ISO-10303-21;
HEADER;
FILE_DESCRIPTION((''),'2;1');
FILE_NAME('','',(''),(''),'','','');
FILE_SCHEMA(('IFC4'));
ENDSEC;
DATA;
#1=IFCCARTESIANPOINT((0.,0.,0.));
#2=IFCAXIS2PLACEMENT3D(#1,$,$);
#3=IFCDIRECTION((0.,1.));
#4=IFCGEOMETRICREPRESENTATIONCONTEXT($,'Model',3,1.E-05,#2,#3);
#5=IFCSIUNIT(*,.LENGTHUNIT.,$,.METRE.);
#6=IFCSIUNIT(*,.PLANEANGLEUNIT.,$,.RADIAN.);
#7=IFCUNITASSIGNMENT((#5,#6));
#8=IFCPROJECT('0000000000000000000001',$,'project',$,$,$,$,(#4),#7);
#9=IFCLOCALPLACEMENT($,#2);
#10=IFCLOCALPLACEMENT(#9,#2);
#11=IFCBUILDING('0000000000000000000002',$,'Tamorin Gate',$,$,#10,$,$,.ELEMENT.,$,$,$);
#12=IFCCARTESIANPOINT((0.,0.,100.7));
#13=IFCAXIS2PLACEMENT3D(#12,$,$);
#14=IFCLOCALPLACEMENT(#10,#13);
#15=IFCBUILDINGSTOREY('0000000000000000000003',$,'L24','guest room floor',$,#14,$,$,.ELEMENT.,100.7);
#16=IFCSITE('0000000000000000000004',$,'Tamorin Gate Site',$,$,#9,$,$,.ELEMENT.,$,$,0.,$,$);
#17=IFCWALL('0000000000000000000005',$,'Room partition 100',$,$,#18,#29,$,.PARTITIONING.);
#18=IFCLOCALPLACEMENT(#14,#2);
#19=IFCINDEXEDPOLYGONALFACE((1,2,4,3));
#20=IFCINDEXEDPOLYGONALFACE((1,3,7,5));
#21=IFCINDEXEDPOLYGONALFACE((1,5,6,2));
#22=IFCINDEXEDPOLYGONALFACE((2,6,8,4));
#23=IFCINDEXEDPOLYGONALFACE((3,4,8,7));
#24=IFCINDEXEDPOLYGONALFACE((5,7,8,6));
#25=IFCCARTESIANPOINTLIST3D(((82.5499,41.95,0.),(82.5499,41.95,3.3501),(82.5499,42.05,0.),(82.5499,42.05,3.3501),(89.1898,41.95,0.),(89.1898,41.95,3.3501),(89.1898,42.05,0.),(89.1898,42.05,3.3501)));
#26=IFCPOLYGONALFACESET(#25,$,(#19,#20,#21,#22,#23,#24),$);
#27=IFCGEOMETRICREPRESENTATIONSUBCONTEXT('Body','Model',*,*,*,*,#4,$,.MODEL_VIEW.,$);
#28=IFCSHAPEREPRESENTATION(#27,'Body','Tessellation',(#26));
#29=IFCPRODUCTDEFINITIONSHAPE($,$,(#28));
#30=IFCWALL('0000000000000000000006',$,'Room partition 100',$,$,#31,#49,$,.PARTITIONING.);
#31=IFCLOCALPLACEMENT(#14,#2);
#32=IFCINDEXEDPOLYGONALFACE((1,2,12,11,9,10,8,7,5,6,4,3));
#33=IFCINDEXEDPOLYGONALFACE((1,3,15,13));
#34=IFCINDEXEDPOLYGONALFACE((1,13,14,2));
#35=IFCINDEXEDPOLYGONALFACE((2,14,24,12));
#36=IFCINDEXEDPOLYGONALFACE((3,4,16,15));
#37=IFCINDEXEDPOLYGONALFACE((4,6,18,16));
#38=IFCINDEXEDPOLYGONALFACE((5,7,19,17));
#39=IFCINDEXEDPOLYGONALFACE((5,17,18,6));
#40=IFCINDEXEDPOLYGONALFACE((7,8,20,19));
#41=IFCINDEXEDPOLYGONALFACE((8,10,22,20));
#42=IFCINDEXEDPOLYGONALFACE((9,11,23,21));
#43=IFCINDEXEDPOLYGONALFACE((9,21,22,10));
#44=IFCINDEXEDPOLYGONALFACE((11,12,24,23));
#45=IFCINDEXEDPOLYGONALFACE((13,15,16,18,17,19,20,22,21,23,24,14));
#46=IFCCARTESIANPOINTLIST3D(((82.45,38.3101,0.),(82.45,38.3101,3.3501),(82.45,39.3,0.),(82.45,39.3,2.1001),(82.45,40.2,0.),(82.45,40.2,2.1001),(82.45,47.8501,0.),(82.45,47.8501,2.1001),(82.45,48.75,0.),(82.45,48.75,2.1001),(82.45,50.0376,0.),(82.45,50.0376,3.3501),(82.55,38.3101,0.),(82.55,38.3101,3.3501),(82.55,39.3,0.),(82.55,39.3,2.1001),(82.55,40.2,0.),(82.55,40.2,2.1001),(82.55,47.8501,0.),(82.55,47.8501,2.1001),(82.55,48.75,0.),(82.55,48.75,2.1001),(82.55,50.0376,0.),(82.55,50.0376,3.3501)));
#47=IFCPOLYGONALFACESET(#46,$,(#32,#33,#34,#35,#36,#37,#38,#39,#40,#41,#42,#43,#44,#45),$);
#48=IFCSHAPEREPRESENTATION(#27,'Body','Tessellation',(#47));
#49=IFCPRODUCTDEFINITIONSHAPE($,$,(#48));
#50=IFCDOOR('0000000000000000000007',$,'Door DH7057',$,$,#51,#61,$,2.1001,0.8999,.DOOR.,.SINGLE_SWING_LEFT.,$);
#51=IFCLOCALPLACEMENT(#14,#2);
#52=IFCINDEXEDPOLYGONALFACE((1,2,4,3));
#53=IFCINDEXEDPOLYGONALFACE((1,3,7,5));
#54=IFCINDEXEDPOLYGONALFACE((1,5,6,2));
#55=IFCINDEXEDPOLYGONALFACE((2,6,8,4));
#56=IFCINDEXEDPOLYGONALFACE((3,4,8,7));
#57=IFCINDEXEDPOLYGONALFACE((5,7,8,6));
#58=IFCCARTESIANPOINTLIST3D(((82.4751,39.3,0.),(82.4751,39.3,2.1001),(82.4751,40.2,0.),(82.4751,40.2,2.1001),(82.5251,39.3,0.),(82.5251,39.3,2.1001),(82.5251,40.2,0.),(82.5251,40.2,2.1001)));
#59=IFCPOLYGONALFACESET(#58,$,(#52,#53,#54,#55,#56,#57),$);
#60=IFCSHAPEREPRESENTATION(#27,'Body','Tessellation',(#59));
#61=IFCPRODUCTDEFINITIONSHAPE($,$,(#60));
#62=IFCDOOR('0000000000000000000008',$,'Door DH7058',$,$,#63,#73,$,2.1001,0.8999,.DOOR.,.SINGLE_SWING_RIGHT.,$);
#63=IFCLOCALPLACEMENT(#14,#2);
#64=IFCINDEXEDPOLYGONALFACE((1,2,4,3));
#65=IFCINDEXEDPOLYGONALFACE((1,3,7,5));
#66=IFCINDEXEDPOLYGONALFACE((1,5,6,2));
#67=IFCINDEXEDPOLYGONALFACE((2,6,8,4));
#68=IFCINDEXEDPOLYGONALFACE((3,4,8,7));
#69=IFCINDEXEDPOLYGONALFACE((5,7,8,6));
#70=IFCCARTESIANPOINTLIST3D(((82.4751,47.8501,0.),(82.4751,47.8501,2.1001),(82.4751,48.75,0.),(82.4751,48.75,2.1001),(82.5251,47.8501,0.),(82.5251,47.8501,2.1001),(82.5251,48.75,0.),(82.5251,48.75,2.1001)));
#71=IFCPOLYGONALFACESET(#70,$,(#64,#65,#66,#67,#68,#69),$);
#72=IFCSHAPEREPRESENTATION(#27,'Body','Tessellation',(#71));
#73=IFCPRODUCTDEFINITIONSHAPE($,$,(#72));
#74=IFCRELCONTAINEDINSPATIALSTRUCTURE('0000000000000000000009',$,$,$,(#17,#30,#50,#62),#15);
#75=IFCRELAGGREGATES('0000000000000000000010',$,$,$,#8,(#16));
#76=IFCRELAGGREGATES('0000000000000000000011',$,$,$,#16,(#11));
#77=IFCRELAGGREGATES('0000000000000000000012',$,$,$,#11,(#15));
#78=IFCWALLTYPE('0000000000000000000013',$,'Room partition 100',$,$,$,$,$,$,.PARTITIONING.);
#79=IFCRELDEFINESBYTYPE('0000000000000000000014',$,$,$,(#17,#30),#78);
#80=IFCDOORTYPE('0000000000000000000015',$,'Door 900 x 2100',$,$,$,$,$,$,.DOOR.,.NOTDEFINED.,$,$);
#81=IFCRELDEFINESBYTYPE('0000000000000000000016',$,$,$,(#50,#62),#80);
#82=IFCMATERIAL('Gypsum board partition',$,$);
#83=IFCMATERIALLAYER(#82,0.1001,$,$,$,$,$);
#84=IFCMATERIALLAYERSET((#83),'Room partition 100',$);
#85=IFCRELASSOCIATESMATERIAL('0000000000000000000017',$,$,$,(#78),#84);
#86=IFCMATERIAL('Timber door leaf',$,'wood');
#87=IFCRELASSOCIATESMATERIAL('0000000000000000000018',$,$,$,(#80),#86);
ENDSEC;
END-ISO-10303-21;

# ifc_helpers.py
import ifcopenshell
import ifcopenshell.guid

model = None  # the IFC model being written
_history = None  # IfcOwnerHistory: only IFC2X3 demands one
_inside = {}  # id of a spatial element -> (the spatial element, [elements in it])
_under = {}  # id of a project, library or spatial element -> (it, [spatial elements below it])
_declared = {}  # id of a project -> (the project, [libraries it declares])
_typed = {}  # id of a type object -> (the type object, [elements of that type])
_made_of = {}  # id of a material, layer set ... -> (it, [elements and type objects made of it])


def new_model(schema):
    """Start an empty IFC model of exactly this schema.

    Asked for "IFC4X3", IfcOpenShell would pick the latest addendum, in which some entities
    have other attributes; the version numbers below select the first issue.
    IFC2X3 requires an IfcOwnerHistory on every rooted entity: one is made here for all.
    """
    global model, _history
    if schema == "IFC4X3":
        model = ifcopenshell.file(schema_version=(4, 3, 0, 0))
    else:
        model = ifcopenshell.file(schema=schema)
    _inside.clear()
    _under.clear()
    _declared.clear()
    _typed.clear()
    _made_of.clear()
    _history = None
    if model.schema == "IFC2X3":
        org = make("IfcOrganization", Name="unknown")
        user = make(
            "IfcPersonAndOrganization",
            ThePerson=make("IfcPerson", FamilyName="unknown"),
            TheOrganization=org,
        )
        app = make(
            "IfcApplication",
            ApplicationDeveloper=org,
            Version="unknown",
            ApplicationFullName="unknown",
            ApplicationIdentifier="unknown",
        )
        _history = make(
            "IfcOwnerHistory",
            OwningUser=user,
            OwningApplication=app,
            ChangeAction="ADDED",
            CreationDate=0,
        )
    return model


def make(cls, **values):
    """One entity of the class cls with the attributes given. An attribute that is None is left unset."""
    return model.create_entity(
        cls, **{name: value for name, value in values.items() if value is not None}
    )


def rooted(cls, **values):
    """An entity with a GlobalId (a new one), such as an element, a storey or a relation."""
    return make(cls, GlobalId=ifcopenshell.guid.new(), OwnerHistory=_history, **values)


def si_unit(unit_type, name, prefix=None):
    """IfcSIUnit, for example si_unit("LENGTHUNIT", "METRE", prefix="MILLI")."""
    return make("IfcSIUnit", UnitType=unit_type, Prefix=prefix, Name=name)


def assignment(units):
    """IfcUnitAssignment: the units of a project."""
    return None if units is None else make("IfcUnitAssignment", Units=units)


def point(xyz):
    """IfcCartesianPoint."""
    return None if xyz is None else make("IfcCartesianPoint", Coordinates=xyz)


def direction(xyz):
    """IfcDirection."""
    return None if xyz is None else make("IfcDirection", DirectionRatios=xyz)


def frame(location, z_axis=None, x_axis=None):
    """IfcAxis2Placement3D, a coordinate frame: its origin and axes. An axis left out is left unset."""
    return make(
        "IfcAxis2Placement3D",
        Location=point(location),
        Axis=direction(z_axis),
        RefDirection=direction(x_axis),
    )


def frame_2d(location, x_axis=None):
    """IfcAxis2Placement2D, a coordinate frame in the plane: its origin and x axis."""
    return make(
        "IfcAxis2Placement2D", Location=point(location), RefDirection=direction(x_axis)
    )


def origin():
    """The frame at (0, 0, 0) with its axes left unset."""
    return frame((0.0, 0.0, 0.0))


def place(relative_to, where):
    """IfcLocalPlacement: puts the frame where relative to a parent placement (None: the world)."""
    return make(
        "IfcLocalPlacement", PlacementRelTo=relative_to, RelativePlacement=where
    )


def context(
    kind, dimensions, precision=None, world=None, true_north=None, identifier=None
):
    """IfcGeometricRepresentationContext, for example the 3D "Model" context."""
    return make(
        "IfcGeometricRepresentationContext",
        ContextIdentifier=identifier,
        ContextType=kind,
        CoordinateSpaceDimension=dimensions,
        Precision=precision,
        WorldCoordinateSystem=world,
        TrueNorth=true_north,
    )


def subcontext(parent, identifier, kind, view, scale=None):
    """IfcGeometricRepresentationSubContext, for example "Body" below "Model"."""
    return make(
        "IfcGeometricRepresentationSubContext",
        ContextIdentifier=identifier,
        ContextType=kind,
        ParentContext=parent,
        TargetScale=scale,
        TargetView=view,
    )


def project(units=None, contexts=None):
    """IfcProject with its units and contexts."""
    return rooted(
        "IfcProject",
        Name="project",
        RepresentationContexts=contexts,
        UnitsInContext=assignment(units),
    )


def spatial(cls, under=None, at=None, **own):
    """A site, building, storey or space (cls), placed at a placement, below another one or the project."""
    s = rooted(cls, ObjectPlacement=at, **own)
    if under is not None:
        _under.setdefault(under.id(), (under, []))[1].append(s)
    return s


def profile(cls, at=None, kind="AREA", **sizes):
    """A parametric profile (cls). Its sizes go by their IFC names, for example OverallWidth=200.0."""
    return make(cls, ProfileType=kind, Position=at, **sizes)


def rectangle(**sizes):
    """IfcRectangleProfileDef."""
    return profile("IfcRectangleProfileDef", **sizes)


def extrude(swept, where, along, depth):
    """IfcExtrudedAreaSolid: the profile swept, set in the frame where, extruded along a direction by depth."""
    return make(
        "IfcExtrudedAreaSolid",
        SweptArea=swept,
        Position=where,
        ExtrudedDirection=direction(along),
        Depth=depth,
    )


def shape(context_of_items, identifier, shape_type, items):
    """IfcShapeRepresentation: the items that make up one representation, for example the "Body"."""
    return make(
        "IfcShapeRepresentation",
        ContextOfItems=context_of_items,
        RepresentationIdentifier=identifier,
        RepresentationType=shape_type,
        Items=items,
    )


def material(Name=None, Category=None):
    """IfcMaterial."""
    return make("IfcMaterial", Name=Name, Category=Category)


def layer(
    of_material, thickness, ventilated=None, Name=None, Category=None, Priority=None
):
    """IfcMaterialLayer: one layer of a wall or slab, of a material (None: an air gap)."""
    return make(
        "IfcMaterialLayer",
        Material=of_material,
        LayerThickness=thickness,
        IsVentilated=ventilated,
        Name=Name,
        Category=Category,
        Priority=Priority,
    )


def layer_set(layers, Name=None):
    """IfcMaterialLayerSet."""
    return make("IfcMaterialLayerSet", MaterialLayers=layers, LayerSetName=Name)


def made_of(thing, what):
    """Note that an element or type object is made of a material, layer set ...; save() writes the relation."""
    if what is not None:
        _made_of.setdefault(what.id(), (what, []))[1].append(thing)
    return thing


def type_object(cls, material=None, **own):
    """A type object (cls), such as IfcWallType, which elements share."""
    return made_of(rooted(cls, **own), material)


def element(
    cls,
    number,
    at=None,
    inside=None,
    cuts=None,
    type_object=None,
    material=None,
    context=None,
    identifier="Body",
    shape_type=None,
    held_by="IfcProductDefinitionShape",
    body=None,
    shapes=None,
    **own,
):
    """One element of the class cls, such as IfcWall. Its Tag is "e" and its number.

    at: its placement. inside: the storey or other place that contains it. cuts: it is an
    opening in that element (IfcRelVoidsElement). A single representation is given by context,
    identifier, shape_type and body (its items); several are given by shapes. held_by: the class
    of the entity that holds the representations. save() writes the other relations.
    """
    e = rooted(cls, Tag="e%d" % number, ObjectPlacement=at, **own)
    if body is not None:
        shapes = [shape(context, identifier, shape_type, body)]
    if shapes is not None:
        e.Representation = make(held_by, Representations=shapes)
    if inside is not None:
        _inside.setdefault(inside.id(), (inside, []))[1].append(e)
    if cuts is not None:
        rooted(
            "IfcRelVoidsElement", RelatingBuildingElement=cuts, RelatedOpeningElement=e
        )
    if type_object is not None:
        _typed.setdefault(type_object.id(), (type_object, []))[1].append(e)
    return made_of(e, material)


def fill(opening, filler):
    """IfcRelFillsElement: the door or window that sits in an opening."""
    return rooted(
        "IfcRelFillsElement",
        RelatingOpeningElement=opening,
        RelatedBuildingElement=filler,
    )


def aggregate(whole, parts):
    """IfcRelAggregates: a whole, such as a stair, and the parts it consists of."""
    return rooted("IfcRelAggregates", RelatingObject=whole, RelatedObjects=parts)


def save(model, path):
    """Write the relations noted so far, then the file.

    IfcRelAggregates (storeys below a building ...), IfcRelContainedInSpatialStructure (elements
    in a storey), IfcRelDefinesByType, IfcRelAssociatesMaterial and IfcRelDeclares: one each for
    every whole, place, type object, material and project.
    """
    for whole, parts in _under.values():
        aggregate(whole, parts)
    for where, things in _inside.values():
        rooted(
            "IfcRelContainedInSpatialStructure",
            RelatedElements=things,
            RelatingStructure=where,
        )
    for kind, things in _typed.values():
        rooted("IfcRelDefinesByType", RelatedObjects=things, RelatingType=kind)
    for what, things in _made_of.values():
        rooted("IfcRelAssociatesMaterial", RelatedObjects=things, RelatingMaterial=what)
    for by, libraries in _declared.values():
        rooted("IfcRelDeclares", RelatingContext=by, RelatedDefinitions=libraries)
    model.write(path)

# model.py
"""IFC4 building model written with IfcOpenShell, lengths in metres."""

from ifc_helpers import new_model, si_unit, direction, frame, frame_2d, origin, place, context, subcontext, project, spatial, rectangle, extrude, material, layer, layer_set, type_object, element, fill, save


model = new_model("IFC4")

# Units and contexts
model_context = context("Model", 3, precision=1e-05, world=origin(), true_north=direction((0.0, 1.0)))
body_context = subcontext(model_context, "Body", "Model", "MODEL_VIEW")
ifc_project = project(units=[si_unit("LENGTHUNIT", "METRE"), si_unit("PLANEANGLEUNIT", "RADIAN")], contexts=[model_context])

# Site, building, storey
site_placement = place(None, origin())
site = spatial("IfcSite", under=ifc_project, at=site_placement, Name="Tamorin Gate Site", CompositionType="ELEMENT", RefElevation=0.0)
building_placement = place(site_placement, origin())
building = spatial("IfcBuilding", under=site, at=building_placement, Name="Tamorin Gate", CompositionType="ELEMENT")
storey_placement = place(building_placement, frame((0.0, 0.0, 100.7)))
storey = spatial("IfcBuildingStorey", under=building, at=storey_placement, Name="L24", Description="guest room floor", CompositionType="ELEMENT", Elevation=100.7)

# Wall
ifc_material_1 = material(Name="Gypsum board partition")
ifc_layer_1 = layer(ifc_material_1, 0.1001)
ifc_layer_set_1 = layer_set([ifc_layer_1], Name="Room partition 100")
wall_type_1 = type_object("IfcWallType", Name="Room partition 100", PredefinedType="PARTITIONING", material=ifc_layer_set_1)
wall_1_placement = place(storey_placement, frame((82.55, 42.0, 0.0), z_axis=(0.0, 0.0, 1.0), x_axis=(1.0, 0.0, 0.0)))
element("IfcWall", 1, at=wall_1_placement, inside=storey, type_object=wall_type_1, Name="Room partition 100", PredefinedType="PARTITIONING", context=body_context, shape_type="SweptSolid", body=[
    extrude(rectangle(XDim=6.6399, YDim=0.1001, at=frame_2d((3.3198, 0.0))), origin(), (0.0, 0.0, 1.0), 3.3501),
])

# Wall, openings, doors
wall_2_placement = place(storey_placement, frame((82.5, 38.3101, 0.0), z_axis=(0.0, 0.0, 1.0), x_axis=(0.0, 1.0, 0.0)))
wall_2 = element("IfcWall", 2, at=wall_2_placement, inside=storey, type_object=wall_type_1, Name="Room partition 100", PredefinedType="PARTITIONING", context=body_context, shape_type="SweptSolid", body=[
    extrude(rectangle(XDim=11.7275, YDim=0.1001, at=frame_2d((5.8638, 0.0))), origin(), (0.0, 0.0, 1.0), 3.3501),
])
opening_1_placement = place(wall_2_placement, frame((0.99, 0.0, 0.0)))
opening_1 = element("IfcOpeningElement", 3, at=opening_1_placement, cuts=wall_2, PredefinedType="OPENING", context=body_context, shape_type="SweptSolid", body=[
    extrude(rectangle(XDim=0.8999, YDim=2.1001, at=frame_2d((0.45, 1.05))), frame((0.0, 0.0601, 0.0), z_axis=(0.0, -1.0, 0.0), x_axis=(1.0, 0.0, 0.0)), (0.0, 0.0, 1.0), 0.1201),
])
opening_2_placement = place(wall_2_placement, frame((9.54, 0.0, 0.0)))
opening_2 = element("IfcOpeningElement", 4, at=opening_2_placement, cuts=wall_2, PredefinedType="OPENING", context=body_context, shape_type="SweptSolid", body=[
    extrude(rectangle(XDim=0.8999, YDim=2.1001, at=frame_2d((0.45, 1.05))), frame((0.0, 0.0601, 0.0), z_axis=(0.0, -1.0, 0.0), x_axis=(1.0, 0.0, 0.0)), (0.0, 0.0, 1.0), 0.1201),
])
ifc_material_2 = material(Name="Timber door leaf", Category="wood")
door_type = type_object("IfcDoorType", Name="Door 900 x 2100", OperationType="NOTDEFINED", PredefinedType="DOOR", material=ifc_material_2)
door_1_placement = place(opening_1_placement, origin())
door_1 = element("IfcDoor", 5, at=door_1_placement, inside=storey, type_object=door_type, Name="Door DH7057", OperationType="SINGLE_SWING_LEFT", OverallHeight=2.1001, OverallWidth=0.8999, PredefinedType="DOOR", context=body_context, shape_type="SweptSolid", body=[
    extrude(rectangle(XDim=0.8999, YDim=2.1001, at=frame_2d((0.45, 1.05))), frame((0.0, 0.0249, 0.0), z_axis=(0.0, -1.0, 0.0), x_axis=(1.0, 0.0, 0.0)), (0.0, 0.0, 1.0), 0.05),
])
fill(opening_1, door_1)
door_2_placement = place(opening_2_placement, origin())
door_2 = element("IfcDoor", 6, at=door_2_placement, inside=storey, type_object=door_type, Name="Door DH7058", OperationType="SINGLE_SWING_RIGHT", OverallHeight=2.1001, OverallWidth=0.8999, PredefinedType="DOOR", context=body_context, shape_type="SweptSolid", body=[
    extrude(rectangle(XDim=0.8999, YDim=2.1001, at=frame_2d((0.45, 1.05))), frame((0.0, 0.0249, 0.0), z_axis=(0.0, -1.0, 0.0), x_axis=(1.0, 0.0, 0.0)), (0.0, 0.0, 1.0), 0.05),
])
fill(opening_2, door_2)

save(model, "model.ifc")
